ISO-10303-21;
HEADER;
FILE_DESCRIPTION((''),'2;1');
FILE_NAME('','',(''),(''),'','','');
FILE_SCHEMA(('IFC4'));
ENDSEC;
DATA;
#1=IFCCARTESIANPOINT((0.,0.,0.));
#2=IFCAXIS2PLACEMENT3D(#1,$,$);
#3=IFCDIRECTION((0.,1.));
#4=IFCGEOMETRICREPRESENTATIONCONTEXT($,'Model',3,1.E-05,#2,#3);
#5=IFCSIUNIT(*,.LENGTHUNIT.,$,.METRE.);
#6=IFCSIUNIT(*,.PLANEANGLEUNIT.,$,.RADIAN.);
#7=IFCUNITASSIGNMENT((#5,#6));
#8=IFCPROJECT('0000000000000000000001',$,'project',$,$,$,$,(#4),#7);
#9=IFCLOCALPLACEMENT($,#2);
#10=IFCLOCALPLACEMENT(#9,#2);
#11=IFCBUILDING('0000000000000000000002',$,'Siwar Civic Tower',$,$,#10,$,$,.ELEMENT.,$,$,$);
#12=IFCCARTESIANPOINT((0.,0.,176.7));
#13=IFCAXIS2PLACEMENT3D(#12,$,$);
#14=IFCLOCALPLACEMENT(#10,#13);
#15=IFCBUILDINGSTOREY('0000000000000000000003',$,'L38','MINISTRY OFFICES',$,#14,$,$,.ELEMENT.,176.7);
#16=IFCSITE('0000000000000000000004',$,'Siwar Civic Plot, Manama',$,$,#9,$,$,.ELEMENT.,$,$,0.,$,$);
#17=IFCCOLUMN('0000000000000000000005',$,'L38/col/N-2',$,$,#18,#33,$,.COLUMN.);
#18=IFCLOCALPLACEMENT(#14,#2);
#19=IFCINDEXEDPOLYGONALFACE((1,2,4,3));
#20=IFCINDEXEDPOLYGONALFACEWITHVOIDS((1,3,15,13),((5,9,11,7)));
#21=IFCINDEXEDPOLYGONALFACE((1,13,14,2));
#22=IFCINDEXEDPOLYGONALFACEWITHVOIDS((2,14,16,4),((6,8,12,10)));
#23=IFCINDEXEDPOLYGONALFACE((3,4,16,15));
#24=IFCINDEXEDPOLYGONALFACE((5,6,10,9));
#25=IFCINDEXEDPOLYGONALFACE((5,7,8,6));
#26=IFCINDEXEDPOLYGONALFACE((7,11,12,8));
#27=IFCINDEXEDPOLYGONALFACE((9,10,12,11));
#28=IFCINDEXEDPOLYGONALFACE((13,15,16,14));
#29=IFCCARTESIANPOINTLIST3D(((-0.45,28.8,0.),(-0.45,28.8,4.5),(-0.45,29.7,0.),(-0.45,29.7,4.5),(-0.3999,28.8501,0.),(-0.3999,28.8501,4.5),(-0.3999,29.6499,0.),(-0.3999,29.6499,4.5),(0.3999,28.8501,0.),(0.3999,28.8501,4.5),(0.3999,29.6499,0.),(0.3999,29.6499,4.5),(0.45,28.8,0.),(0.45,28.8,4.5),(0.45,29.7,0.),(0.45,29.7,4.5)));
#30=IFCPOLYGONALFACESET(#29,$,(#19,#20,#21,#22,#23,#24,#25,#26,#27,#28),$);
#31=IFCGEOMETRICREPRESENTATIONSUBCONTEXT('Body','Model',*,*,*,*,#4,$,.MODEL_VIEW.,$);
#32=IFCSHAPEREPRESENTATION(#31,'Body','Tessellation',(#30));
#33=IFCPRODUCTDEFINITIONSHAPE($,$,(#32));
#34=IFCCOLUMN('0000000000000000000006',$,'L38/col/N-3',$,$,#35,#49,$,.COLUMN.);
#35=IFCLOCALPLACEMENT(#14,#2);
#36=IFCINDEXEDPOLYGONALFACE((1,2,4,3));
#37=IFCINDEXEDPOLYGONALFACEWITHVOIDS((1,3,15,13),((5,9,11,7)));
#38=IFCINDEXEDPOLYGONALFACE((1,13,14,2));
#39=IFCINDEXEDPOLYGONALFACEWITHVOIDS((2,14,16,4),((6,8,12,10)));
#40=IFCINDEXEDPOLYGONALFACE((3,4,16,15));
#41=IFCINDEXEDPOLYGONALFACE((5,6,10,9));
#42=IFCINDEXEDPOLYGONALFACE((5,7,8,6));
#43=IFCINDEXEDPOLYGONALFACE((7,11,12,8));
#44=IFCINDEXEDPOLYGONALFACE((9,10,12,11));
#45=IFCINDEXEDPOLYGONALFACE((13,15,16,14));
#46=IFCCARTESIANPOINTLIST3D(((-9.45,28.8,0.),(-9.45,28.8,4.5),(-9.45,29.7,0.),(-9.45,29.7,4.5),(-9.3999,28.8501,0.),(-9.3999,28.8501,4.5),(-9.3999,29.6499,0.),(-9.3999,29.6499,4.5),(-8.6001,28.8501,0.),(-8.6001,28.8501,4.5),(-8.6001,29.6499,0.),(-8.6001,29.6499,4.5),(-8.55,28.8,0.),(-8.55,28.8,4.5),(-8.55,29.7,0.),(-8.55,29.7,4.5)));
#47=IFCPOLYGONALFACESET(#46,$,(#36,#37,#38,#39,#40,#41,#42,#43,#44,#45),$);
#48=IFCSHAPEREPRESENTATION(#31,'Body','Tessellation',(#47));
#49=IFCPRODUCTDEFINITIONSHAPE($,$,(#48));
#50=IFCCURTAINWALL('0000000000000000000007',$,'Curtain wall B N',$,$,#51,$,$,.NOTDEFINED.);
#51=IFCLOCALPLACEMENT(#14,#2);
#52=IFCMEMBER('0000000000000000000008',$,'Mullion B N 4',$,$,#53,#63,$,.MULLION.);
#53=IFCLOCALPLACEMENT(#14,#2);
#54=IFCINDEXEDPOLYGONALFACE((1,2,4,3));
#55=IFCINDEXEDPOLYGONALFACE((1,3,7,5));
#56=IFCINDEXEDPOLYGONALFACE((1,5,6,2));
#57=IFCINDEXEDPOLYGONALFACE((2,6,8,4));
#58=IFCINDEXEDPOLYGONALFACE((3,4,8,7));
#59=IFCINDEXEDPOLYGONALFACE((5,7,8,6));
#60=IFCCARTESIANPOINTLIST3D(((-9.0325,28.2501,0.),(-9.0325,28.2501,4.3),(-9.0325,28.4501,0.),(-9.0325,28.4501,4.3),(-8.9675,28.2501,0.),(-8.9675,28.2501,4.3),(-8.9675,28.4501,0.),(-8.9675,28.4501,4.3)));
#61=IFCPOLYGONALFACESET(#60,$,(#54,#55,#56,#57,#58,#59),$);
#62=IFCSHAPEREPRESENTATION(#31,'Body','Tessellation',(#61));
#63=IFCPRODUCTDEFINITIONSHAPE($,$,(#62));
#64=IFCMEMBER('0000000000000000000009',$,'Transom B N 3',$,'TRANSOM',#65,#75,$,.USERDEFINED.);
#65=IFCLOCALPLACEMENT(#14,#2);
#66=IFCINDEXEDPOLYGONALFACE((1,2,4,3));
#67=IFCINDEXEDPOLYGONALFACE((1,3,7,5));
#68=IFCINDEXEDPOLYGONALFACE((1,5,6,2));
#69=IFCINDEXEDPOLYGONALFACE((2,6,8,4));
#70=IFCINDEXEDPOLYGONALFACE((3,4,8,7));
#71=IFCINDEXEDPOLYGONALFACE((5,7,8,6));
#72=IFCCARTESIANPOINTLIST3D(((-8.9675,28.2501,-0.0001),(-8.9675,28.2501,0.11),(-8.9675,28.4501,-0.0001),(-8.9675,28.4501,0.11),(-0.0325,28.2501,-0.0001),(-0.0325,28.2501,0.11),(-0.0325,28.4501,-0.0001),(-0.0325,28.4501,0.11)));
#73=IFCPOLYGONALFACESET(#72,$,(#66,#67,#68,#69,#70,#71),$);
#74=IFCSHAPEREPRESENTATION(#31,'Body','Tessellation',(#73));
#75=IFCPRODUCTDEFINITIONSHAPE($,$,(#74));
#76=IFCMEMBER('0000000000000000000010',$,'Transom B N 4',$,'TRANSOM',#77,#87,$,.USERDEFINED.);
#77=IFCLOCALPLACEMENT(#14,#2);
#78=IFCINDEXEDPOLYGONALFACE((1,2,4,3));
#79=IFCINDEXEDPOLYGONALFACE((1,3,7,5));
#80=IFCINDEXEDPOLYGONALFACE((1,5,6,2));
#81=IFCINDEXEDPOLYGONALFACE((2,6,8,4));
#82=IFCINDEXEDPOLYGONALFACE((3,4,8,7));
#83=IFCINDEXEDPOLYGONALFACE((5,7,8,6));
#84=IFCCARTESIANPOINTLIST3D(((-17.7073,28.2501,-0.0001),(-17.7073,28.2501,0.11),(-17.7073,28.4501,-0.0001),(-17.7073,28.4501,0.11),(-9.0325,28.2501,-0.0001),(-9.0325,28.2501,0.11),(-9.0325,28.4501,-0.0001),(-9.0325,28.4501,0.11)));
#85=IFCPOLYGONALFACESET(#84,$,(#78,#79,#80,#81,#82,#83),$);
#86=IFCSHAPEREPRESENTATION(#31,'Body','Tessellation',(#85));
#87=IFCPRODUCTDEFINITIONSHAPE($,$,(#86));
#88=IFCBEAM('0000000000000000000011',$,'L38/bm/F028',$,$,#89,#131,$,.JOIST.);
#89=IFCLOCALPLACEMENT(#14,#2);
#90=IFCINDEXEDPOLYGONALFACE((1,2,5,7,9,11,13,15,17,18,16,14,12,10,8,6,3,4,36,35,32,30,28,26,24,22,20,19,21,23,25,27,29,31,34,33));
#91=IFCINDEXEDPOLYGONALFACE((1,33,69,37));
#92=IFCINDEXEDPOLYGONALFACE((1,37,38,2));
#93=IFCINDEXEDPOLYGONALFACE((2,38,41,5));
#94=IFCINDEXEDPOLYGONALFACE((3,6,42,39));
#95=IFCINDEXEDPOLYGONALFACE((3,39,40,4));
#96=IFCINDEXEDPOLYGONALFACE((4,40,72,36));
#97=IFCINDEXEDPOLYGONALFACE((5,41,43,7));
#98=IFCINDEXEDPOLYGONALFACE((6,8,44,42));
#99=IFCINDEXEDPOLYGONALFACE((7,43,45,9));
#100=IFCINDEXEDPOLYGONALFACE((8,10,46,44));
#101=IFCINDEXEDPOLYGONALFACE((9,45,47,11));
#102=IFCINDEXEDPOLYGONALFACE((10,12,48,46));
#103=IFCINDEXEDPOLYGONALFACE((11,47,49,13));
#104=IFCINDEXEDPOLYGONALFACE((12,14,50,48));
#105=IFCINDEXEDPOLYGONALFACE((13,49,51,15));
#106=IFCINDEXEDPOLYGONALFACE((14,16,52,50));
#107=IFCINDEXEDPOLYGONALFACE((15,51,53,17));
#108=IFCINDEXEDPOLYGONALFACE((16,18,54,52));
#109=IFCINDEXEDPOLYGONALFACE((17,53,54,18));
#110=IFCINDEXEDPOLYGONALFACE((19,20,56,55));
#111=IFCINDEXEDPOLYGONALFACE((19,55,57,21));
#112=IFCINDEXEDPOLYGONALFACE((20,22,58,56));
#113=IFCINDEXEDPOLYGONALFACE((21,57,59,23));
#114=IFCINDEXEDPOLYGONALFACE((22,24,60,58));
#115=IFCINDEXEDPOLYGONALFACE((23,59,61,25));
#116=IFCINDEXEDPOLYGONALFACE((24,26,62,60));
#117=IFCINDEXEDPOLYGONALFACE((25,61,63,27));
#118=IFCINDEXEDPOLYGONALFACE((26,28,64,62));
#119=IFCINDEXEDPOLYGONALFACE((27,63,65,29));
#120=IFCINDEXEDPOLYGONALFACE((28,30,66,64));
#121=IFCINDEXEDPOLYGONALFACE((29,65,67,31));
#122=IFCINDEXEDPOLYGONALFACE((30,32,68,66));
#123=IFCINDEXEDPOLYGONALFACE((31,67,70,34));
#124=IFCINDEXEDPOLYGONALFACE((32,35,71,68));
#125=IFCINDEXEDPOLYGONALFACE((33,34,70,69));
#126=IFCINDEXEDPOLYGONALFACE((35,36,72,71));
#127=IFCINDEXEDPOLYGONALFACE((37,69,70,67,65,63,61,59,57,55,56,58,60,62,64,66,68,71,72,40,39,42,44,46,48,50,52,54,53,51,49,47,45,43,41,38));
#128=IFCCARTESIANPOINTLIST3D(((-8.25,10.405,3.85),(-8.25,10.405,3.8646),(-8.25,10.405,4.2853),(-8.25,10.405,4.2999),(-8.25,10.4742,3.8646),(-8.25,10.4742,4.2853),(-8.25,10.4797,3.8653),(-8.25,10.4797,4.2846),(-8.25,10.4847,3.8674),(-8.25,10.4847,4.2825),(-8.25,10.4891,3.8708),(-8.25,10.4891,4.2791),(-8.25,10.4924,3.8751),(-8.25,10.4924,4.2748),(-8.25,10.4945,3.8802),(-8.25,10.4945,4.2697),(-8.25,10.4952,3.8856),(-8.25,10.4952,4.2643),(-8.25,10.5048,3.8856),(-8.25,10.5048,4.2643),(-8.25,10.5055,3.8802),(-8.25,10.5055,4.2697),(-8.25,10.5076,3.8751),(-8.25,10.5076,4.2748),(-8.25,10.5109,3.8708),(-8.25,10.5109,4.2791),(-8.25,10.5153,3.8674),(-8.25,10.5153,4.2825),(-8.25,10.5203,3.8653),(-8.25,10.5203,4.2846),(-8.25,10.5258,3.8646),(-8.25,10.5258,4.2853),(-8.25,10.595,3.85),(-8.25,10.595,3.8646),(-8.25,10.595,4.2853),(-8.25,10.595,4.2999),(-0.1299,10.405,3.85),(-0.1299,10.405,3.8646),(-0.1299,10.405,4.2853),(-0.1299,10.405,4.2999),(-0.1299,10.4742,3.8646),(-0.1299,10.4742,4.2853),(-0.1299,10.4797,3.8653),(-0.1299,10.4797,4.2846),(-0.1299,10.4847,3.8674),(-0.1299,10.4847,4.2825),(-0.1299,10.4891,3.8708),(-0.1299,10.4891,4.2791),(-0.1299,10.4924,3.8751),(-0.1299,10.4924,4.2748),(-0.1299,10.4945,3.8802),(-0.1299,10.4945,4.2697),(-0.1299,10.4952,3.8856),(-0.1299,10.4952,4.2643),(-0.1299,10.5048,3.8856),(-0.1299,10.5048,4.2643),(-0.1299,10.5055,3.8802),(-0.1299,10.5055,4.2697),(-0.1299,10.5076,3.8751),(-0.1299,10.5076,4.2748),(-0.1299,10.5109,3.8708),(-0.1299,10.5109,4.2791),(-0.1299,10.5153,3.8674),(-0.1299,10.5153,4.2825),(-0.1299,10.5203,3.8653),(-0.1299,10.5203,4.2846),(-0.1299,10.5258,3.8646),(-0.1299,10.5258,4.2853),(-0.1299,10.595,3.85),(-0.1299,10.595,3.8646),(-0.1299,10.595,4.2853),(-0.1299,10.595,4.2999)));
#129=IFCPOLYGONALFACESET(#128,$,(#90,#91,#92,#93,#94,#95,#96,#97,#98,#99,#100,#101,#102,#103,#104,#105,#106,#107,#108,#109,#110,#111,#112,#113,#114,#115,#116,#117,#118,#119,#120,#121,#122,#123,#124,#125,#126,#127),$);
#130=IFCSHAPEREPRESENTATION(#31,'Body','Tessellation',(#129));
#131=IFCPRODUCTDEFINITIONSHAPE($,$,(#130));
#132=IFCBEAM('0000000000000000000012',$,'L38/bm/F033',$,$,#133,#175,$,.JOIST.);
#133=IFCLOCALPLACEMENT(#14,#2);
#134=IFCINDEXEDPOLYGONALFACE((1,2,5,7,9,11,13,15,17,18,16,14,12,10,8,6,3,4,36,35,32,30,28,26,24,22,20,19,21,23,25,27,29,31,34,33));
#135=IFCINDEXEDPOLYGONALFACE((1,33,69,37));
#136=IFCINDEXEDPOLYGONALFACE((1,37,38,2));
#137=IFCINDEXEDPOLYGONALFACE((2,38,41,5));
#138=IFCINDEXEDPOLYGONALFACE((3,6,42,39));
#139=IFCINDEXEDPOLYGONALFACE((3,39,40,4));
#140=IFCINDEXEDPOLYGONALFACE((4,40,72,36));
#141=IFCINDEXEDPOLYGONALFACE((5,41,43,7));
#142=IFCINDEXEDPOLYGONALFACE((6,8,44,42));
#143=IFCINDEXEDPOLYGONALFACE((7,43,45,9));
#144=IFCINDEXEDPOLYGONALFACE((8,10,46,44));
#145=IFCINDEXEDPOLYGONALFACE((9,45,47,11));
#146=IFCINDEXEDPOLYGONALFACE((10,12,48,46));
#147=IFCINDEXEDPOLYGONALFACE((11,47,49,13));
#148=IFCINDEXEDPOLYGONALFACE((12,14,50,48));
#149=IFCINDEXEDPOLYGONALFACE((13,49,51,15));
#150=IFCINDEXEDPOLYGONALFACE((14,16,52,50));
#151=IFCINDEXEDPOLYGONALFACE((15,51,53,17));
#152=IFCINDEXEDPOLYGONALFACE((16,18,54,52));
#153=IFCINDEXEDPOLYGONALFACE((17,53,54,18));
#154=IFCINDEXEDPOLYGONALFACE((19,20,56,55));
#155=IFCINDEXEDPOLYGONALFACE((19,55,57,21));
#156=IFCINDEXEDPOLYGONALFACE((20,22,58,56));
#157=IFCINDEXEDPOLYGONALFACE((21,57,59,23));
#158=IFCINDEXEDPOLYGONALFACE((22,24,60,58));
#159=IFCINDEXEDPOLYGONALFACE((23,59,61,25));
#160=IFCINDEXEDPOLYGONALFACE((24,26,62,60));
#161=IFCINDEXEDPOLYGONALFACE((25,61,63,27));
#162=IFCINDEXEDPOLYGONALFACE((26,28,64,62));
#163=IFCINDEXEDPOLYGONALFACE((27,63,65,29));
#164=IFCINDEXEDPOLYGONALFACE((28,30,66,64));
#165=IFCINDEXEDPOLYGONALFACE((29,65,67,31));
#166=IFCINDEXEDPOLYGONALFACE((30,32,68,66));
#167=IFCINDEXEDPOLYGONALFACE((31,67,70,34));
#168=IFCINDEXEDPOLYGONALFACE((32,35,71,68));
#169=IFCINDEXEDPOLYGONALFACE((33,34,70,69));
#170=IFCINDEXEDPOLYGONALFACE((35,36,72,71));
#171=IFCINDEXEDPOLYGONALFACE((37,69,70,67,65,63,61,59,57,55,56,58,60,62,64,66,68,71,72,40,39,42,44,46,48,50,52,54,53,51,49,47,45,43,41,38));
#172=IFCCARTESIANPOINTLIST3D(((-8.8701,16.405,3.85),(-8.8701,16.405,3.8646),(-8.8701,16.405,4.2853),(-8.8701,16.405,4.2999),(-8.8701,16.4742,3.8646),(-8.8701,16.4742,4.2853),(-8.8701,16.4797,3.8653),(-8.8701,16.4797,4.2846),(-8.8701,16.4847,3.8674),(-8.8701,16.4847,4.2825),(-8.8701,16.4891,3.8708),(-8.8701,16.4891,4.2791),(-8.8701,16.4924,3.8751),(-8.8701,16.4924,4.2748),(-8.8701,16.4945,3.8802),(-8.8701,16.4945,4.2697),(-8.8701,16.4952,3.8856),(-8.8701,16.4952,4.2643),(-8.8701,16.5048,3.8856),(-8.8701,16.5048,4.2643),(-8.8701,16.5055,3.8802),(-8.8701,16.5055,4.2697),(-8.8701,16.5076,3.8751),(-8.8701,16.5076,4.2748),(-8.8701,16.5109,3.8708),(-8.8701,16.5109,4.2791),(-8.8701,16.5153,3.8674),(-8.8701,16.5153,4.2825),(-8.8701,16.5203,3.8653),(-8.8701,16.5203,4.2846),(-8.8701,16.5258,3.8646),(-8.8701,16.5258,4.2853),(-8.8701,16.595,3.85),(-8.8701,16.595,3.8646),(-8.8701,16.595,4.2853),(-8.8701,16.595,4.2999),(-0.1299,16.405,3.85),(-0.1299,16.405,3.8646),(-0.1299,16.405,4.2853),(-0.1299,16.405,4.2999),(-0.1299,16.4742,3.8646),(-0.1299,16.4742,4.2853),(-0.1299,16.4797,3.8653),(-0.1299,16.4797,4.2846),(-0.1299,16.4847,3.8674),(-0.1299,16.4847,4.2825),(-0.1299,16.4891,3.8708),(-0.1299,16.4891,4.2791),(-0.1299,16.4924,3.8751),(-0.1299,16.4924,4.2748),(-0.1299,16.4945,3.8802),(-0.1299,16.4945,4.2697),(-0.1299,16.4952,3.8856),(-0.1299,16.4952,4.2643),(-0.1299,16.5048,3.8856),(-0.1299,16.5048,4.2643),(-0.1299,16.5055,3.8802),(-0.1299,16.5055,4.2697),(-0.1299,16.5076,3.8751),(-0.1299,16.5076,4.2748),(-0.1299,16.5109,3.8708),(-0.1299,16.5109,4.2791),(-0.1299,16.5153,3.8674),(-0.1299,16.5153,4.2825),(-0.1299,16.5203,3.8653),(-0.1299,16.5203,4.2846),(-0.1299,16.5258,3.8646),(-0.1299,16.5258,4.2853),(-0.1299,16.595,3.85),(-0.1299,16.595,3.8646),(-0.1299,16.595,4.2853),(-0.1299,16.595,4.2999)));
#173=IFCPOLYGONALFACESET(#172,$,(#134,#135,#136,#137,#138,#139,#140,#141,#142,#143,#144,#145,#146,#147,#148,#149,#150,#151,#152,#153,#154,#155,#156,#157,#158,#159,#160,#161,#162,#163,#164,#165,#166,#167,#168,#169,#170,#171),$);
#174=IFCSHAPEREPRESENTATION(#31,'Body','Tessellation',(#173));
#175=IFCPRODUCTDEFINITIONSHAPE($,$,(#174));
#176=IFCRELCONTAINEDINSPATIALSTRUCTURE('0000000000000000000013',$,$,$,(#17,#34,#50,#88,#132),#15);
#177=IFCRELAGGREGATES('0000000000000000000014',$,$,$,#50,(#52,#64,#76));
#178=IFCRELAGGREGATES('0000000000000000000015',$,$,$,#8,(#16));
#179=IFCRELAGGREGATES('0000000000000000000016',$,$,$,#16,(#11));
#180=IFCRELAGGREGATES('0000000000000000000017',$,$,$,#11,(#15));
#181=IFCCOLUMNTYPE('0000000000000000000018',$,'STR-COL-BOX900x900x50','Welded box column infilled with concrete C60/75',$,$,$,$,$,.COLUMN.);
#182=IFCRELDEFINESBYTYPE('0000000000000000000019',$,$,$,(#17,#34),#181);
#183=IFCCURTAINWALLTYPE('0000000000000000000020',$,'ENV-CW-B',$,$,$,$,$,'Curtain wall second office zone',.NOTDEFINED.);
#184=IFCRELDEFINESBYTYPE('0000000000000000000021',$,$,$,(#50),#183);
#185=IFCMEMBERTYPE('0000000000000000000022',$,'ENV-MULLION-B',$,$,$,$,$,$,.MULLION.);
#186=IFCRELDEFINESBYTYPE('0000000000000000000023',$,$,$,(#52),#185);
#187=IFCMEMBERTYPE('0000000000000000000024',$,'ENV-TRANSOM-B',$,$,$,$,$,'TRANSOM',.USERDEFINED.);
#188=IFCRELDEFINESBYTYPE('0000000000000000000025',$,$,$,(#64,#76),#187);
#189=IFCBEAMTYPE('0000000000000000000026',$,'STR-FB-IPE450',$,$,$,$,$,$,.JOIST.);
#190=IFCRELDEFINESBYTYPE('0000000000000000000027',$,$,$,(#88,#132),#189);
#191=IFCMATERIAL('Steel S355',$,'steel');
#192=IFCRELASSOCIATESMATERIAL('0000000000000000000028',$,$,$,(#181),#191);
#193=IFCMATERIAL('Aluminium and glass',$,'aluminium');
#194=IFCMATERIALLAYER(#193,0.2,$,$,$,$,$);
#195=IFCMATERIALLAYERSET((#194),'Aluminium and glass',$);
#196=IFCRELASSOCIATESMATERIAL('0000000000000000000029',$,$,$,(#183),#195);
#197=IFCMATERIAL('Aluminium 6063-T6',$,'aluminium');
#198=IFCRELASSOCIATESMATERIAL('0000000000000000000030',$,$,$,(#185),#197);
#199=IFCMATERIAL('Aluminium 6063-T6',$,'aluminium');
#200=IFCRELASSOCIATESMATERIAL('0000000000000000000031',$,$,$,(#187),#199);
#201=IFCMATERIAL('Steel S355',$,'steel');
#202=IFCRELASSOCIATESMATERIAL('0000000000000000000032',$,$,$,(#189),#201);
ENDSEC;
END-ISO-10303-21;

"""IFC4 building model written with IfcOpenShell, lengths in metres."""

from ifc_helpers import new_model, si_unit, direction, frame, origin, origin_2d, place, context, subcontext, project, spatial, rectangle, hollow_rectangle, i_section, extrude, material, layer, layer_set, material_profile, profile_set, type_object, element, aggregate, save


model = new_model("IFC4")

# Units and contexts
model_context = context("Model", 3, precision=1e-05, world=origin(), true_north=direction((0.0, 1.0)))
body_context = subcontext(model_context, "Body", "Model", "MODEL_VIEW")
ifc_project = project(units=[si_unit("LENGTHUNIT", "METRE"), si_unit("PLANEANGLEUNIT", "RADIAN")], contexts=[model_context])

# Site, building, storey
site_placement = place(None, origin())
site = spatial("IfcSite", under=ifc_project, at=site_placement, Name="Siwar Civic Plot, Manama", CompositionType="ELEMENT", RefElevation=0.0)
building_placement = place(site_placement, origin())
building = spatial("IfcBuilding", under=site, at=building_placement, Name="Siwar Civic Tower", CompositionType="ELEMENT")
storey_placement = place(building_placement, frame((0.0, 0.0, 176.7)))
storey = spatial("IfcBuildingStorey", under=building, at=storey_placement, Name="L38", Description="MINISTRY OFFICES", CompositionType="ELEMENT", Elevation=176.7)

# Columns
ifc_material_1 = material(Name="Steel S355", Category="steel")
ifc_material_profile_1 = material_profile(ifc_material_1, hollow_rectangle(XDim=0.8999, YDim=0.8999, WallThickness=0.05, at=origin_2d()), Name="BOX900x900x50")
ifc_profile_set_1 = profile_set([ifc_material_profile_1], Name="Steel S355")
column_type = type_object("IfcColumnType", Name="STR-COL-BOX900x900x50", Description="Welded box column infilled with concrete C60/75", PredefinedType="COLUMN", material=ifc_profile_set_1)
for number, where, z_axis, x_axis, name in (
    (1, (0.0, 29.25, 0.0), (0.0, 0.0, 1.0), (1.0, 0.0, 0.0), "L38/col/N-2"),
    (2, (-9.0, 29.25, 0.0), (0.0, 0.0, 1.0), (1.0, 0.0, 0.0), "L38/col/N-3"),
):
    element("IfcColumn", number, at=place(storey_placement, frame(where, z_axis=z_axis, x_axis=x_axis)), inside=storey, type_object=column_type, Name=name, PredefinedType="COLUMN", context=body_context, shape_type="SweptSolid", body=[
        extrude(hollow_rectangle(XDim=0.8999, YDim=0.8999, WallThickness=0.05, at=origin_2d()), origin(), (0.0, 0.0, 1.0), 4.5),
    ])

# Curtain wall, members
ifc_material_2 = material(Name="Aluminium and glass", Category="aluminium")
ifc_layer_1 = layer(ifc_material_2, 0.2)
ifc_layer_set_1 = layer_set([ifc_layer_1], Name="Aluminium and glass")
curtain_wall_type = type_object("IfcCurtainWallType", Name="ENV-CW-B", ElementType="Curtain wall second office zone", PredefinedType="NOTDEFINED", material=ifc_layer_set_1)
curtain_wall_placement = place(storey_placement, origin())
curtain_wall = element("IfcCurtainWall", 3, at=curtain_wall_placement, inside=storey, type_object=curtain_wall_type, Name="Curtain wall B N", PredefinedType="NOTDEFINED")
ifc_material_3 = material(Name="Aluminium 6063-T6", Category="aluminium")
ifc_material_profile_2 = material_profile(ifc_material_3, rectangle(XDim=0.2, YDim=0.0649, at=origin_2d()), Name="AL 200x65")
ifc_profile_set_2 = profile_set([ifc_material_profile_2], Name="Aluminium 6063-T6")
member_type_1 = type_object("IfcMemberType", Name="ENV-MULLION-B", PredefinedType="MULLION", material=ifc_profile_set_2)
member_1_placement = place(storey_placement, frame((-9.0, 28.3501, 0.0), z_axis=(0.0, 0.0, 1.0), x_axis=(0.0, -1.0, 0.0)))
member_1 = element("IfcMember", 4, at=member_1_placement, type_object=member_type_1, Name="Mullion B N 4", PredefinedType="MULLION", context=body_context, shape_type="SweptSolid", body=[
    extrude(rectangle(XDim=0.2, YDim=0.0649, at=origin_2d()), origin(), (0.0, 0.0, 1.0), 4.3),
])
ifc_material_4 = material(Name="Aluminium 6063-T6", Category="aluminium")
ifc_material_profile_3 = material_profile(ifc_material_4, rectangle(XDim=0.2, YDim=0.1101, at=origin_2d()), Name="AL 200x110")
ifc_profile_set_3 = profile_set([ifc_material_profile_3], Name="Aluminium 6063-T6")
member_type_2 = type_object("IfcMemberType", Name="ENV-TRANSOM-B", ElementType="TRANSOM", PredefinedType="USERDEFINED", material=ifc_profile_set_3)
member_2_placement = place(storey_placement, frame((-0.0325, 28.3501, 0.0549), z_axis=(-1.0, 0.0, 0.0), x_axis=(0.0, -1.0, 0.0)))
member_2 = element("IfcMember", 5, at=member_2_placement, type_object=member_type_2, Name="Transom B N 3", ObjectType="TRANSOM", PredefinedType="USERDEFINED", context=body_context, shape_type="SweptSolid", body=[
    extrude(rectangle(XDim=0.2, YDim=0.1101, at=origin_2d()), origin(), (0.0, 0.0, 1.0), 8.9351),
])
member_3_placement = place(storey_placement, frame((-9.0325, 28.3501, 0.0549), z_axis=(-1.0, 0.0, 0.0), x_axis=(0.0, -1.0, 0.0)))
member_3 = element("IfcMember", 6, at=member_3_placement, type_object=member_type_2, Name="Transom B N 4", ObjectType="TRANSOM", PredefinedType="USERDEFINED", context=body_context, shape_type="SweptSolid", body=[
    extrude(rectangle(XDim=0.2, YDim=0.1101, at=origin_2d()), origin(), (0.0, 0.0, 1.0), 8.6748),
])

# Beams
ifc_material_5 = material(Name="Steel S355", Category="steel")
ifc_material_profile_4 = material_profile(ifc_material_5, i_section(OverallWidth=0.1899, OverallDepth=0.45, WebThickness=0.0095, FlangeThickness=0.0146, FilletRadius=0.021, at=origin_2d()), Name="IPE450")
ifc_profile_set_4 = profile_set([ifc_material_profile_4], Name="Steel S355")
beam_type_1 = type_object("IfcBeamType", Name="STR-FB-IPE450", PredefinedType="JOIST", material=ifc_profile_set_4)
beam_1_placement = place(storey_placement, frame((-8.25, 10.5, 4.075), z_axis=(1.0, 0.0, 0.0), x_axis=(0.0, 1.0, 0.0)))
element("IfcBeam", 7, at=beam_1_placement, inside=storey, type_object=beam_type_1, Name="L38/bm/F028", PredefinedType="JOIST", context=body_context, shape_type="SweptSolid", body=[
    extrude(i_section(OverallWidth=0.1899, OverallDepth=0.45, WebThickness=0.0095, FlangeThickness=0.0146, FilletRadius=0.021, at=origin_2d()), origin(), (0.0, 0.0, 1.0), 8.1201),
])
for number, where, z_axis, x_axis, name in (
    (8, (-8.8701, 16.5, 4.075), (1.0, 0.0, 0.0), (0.0, 1.0, 0.0), "L38/bm/F033"),
):
    element("IfcBeam", number, at=place(storey_placement, frame(where, z_axis=z_axis, x_axis=x_axis)), inside=storey, type_object=beam_type_1, Name=name, PredefinedType="JOIST", context=body_context, shape_type="SweptSolid", body=[
        extrude(i_section(OverallWidth=0.1899, OverallDepth=0.45, WebThickness=0.0095, FlangeThickness=0.0146, FilletRadius=0.021, at=origin_2d()), origin(), (0.0, 0.0, 1.0), 8.7402),
    ])

aggregate(curtain_wall, [member_1, member_2, member_3])

save(model, "model.ifc")
